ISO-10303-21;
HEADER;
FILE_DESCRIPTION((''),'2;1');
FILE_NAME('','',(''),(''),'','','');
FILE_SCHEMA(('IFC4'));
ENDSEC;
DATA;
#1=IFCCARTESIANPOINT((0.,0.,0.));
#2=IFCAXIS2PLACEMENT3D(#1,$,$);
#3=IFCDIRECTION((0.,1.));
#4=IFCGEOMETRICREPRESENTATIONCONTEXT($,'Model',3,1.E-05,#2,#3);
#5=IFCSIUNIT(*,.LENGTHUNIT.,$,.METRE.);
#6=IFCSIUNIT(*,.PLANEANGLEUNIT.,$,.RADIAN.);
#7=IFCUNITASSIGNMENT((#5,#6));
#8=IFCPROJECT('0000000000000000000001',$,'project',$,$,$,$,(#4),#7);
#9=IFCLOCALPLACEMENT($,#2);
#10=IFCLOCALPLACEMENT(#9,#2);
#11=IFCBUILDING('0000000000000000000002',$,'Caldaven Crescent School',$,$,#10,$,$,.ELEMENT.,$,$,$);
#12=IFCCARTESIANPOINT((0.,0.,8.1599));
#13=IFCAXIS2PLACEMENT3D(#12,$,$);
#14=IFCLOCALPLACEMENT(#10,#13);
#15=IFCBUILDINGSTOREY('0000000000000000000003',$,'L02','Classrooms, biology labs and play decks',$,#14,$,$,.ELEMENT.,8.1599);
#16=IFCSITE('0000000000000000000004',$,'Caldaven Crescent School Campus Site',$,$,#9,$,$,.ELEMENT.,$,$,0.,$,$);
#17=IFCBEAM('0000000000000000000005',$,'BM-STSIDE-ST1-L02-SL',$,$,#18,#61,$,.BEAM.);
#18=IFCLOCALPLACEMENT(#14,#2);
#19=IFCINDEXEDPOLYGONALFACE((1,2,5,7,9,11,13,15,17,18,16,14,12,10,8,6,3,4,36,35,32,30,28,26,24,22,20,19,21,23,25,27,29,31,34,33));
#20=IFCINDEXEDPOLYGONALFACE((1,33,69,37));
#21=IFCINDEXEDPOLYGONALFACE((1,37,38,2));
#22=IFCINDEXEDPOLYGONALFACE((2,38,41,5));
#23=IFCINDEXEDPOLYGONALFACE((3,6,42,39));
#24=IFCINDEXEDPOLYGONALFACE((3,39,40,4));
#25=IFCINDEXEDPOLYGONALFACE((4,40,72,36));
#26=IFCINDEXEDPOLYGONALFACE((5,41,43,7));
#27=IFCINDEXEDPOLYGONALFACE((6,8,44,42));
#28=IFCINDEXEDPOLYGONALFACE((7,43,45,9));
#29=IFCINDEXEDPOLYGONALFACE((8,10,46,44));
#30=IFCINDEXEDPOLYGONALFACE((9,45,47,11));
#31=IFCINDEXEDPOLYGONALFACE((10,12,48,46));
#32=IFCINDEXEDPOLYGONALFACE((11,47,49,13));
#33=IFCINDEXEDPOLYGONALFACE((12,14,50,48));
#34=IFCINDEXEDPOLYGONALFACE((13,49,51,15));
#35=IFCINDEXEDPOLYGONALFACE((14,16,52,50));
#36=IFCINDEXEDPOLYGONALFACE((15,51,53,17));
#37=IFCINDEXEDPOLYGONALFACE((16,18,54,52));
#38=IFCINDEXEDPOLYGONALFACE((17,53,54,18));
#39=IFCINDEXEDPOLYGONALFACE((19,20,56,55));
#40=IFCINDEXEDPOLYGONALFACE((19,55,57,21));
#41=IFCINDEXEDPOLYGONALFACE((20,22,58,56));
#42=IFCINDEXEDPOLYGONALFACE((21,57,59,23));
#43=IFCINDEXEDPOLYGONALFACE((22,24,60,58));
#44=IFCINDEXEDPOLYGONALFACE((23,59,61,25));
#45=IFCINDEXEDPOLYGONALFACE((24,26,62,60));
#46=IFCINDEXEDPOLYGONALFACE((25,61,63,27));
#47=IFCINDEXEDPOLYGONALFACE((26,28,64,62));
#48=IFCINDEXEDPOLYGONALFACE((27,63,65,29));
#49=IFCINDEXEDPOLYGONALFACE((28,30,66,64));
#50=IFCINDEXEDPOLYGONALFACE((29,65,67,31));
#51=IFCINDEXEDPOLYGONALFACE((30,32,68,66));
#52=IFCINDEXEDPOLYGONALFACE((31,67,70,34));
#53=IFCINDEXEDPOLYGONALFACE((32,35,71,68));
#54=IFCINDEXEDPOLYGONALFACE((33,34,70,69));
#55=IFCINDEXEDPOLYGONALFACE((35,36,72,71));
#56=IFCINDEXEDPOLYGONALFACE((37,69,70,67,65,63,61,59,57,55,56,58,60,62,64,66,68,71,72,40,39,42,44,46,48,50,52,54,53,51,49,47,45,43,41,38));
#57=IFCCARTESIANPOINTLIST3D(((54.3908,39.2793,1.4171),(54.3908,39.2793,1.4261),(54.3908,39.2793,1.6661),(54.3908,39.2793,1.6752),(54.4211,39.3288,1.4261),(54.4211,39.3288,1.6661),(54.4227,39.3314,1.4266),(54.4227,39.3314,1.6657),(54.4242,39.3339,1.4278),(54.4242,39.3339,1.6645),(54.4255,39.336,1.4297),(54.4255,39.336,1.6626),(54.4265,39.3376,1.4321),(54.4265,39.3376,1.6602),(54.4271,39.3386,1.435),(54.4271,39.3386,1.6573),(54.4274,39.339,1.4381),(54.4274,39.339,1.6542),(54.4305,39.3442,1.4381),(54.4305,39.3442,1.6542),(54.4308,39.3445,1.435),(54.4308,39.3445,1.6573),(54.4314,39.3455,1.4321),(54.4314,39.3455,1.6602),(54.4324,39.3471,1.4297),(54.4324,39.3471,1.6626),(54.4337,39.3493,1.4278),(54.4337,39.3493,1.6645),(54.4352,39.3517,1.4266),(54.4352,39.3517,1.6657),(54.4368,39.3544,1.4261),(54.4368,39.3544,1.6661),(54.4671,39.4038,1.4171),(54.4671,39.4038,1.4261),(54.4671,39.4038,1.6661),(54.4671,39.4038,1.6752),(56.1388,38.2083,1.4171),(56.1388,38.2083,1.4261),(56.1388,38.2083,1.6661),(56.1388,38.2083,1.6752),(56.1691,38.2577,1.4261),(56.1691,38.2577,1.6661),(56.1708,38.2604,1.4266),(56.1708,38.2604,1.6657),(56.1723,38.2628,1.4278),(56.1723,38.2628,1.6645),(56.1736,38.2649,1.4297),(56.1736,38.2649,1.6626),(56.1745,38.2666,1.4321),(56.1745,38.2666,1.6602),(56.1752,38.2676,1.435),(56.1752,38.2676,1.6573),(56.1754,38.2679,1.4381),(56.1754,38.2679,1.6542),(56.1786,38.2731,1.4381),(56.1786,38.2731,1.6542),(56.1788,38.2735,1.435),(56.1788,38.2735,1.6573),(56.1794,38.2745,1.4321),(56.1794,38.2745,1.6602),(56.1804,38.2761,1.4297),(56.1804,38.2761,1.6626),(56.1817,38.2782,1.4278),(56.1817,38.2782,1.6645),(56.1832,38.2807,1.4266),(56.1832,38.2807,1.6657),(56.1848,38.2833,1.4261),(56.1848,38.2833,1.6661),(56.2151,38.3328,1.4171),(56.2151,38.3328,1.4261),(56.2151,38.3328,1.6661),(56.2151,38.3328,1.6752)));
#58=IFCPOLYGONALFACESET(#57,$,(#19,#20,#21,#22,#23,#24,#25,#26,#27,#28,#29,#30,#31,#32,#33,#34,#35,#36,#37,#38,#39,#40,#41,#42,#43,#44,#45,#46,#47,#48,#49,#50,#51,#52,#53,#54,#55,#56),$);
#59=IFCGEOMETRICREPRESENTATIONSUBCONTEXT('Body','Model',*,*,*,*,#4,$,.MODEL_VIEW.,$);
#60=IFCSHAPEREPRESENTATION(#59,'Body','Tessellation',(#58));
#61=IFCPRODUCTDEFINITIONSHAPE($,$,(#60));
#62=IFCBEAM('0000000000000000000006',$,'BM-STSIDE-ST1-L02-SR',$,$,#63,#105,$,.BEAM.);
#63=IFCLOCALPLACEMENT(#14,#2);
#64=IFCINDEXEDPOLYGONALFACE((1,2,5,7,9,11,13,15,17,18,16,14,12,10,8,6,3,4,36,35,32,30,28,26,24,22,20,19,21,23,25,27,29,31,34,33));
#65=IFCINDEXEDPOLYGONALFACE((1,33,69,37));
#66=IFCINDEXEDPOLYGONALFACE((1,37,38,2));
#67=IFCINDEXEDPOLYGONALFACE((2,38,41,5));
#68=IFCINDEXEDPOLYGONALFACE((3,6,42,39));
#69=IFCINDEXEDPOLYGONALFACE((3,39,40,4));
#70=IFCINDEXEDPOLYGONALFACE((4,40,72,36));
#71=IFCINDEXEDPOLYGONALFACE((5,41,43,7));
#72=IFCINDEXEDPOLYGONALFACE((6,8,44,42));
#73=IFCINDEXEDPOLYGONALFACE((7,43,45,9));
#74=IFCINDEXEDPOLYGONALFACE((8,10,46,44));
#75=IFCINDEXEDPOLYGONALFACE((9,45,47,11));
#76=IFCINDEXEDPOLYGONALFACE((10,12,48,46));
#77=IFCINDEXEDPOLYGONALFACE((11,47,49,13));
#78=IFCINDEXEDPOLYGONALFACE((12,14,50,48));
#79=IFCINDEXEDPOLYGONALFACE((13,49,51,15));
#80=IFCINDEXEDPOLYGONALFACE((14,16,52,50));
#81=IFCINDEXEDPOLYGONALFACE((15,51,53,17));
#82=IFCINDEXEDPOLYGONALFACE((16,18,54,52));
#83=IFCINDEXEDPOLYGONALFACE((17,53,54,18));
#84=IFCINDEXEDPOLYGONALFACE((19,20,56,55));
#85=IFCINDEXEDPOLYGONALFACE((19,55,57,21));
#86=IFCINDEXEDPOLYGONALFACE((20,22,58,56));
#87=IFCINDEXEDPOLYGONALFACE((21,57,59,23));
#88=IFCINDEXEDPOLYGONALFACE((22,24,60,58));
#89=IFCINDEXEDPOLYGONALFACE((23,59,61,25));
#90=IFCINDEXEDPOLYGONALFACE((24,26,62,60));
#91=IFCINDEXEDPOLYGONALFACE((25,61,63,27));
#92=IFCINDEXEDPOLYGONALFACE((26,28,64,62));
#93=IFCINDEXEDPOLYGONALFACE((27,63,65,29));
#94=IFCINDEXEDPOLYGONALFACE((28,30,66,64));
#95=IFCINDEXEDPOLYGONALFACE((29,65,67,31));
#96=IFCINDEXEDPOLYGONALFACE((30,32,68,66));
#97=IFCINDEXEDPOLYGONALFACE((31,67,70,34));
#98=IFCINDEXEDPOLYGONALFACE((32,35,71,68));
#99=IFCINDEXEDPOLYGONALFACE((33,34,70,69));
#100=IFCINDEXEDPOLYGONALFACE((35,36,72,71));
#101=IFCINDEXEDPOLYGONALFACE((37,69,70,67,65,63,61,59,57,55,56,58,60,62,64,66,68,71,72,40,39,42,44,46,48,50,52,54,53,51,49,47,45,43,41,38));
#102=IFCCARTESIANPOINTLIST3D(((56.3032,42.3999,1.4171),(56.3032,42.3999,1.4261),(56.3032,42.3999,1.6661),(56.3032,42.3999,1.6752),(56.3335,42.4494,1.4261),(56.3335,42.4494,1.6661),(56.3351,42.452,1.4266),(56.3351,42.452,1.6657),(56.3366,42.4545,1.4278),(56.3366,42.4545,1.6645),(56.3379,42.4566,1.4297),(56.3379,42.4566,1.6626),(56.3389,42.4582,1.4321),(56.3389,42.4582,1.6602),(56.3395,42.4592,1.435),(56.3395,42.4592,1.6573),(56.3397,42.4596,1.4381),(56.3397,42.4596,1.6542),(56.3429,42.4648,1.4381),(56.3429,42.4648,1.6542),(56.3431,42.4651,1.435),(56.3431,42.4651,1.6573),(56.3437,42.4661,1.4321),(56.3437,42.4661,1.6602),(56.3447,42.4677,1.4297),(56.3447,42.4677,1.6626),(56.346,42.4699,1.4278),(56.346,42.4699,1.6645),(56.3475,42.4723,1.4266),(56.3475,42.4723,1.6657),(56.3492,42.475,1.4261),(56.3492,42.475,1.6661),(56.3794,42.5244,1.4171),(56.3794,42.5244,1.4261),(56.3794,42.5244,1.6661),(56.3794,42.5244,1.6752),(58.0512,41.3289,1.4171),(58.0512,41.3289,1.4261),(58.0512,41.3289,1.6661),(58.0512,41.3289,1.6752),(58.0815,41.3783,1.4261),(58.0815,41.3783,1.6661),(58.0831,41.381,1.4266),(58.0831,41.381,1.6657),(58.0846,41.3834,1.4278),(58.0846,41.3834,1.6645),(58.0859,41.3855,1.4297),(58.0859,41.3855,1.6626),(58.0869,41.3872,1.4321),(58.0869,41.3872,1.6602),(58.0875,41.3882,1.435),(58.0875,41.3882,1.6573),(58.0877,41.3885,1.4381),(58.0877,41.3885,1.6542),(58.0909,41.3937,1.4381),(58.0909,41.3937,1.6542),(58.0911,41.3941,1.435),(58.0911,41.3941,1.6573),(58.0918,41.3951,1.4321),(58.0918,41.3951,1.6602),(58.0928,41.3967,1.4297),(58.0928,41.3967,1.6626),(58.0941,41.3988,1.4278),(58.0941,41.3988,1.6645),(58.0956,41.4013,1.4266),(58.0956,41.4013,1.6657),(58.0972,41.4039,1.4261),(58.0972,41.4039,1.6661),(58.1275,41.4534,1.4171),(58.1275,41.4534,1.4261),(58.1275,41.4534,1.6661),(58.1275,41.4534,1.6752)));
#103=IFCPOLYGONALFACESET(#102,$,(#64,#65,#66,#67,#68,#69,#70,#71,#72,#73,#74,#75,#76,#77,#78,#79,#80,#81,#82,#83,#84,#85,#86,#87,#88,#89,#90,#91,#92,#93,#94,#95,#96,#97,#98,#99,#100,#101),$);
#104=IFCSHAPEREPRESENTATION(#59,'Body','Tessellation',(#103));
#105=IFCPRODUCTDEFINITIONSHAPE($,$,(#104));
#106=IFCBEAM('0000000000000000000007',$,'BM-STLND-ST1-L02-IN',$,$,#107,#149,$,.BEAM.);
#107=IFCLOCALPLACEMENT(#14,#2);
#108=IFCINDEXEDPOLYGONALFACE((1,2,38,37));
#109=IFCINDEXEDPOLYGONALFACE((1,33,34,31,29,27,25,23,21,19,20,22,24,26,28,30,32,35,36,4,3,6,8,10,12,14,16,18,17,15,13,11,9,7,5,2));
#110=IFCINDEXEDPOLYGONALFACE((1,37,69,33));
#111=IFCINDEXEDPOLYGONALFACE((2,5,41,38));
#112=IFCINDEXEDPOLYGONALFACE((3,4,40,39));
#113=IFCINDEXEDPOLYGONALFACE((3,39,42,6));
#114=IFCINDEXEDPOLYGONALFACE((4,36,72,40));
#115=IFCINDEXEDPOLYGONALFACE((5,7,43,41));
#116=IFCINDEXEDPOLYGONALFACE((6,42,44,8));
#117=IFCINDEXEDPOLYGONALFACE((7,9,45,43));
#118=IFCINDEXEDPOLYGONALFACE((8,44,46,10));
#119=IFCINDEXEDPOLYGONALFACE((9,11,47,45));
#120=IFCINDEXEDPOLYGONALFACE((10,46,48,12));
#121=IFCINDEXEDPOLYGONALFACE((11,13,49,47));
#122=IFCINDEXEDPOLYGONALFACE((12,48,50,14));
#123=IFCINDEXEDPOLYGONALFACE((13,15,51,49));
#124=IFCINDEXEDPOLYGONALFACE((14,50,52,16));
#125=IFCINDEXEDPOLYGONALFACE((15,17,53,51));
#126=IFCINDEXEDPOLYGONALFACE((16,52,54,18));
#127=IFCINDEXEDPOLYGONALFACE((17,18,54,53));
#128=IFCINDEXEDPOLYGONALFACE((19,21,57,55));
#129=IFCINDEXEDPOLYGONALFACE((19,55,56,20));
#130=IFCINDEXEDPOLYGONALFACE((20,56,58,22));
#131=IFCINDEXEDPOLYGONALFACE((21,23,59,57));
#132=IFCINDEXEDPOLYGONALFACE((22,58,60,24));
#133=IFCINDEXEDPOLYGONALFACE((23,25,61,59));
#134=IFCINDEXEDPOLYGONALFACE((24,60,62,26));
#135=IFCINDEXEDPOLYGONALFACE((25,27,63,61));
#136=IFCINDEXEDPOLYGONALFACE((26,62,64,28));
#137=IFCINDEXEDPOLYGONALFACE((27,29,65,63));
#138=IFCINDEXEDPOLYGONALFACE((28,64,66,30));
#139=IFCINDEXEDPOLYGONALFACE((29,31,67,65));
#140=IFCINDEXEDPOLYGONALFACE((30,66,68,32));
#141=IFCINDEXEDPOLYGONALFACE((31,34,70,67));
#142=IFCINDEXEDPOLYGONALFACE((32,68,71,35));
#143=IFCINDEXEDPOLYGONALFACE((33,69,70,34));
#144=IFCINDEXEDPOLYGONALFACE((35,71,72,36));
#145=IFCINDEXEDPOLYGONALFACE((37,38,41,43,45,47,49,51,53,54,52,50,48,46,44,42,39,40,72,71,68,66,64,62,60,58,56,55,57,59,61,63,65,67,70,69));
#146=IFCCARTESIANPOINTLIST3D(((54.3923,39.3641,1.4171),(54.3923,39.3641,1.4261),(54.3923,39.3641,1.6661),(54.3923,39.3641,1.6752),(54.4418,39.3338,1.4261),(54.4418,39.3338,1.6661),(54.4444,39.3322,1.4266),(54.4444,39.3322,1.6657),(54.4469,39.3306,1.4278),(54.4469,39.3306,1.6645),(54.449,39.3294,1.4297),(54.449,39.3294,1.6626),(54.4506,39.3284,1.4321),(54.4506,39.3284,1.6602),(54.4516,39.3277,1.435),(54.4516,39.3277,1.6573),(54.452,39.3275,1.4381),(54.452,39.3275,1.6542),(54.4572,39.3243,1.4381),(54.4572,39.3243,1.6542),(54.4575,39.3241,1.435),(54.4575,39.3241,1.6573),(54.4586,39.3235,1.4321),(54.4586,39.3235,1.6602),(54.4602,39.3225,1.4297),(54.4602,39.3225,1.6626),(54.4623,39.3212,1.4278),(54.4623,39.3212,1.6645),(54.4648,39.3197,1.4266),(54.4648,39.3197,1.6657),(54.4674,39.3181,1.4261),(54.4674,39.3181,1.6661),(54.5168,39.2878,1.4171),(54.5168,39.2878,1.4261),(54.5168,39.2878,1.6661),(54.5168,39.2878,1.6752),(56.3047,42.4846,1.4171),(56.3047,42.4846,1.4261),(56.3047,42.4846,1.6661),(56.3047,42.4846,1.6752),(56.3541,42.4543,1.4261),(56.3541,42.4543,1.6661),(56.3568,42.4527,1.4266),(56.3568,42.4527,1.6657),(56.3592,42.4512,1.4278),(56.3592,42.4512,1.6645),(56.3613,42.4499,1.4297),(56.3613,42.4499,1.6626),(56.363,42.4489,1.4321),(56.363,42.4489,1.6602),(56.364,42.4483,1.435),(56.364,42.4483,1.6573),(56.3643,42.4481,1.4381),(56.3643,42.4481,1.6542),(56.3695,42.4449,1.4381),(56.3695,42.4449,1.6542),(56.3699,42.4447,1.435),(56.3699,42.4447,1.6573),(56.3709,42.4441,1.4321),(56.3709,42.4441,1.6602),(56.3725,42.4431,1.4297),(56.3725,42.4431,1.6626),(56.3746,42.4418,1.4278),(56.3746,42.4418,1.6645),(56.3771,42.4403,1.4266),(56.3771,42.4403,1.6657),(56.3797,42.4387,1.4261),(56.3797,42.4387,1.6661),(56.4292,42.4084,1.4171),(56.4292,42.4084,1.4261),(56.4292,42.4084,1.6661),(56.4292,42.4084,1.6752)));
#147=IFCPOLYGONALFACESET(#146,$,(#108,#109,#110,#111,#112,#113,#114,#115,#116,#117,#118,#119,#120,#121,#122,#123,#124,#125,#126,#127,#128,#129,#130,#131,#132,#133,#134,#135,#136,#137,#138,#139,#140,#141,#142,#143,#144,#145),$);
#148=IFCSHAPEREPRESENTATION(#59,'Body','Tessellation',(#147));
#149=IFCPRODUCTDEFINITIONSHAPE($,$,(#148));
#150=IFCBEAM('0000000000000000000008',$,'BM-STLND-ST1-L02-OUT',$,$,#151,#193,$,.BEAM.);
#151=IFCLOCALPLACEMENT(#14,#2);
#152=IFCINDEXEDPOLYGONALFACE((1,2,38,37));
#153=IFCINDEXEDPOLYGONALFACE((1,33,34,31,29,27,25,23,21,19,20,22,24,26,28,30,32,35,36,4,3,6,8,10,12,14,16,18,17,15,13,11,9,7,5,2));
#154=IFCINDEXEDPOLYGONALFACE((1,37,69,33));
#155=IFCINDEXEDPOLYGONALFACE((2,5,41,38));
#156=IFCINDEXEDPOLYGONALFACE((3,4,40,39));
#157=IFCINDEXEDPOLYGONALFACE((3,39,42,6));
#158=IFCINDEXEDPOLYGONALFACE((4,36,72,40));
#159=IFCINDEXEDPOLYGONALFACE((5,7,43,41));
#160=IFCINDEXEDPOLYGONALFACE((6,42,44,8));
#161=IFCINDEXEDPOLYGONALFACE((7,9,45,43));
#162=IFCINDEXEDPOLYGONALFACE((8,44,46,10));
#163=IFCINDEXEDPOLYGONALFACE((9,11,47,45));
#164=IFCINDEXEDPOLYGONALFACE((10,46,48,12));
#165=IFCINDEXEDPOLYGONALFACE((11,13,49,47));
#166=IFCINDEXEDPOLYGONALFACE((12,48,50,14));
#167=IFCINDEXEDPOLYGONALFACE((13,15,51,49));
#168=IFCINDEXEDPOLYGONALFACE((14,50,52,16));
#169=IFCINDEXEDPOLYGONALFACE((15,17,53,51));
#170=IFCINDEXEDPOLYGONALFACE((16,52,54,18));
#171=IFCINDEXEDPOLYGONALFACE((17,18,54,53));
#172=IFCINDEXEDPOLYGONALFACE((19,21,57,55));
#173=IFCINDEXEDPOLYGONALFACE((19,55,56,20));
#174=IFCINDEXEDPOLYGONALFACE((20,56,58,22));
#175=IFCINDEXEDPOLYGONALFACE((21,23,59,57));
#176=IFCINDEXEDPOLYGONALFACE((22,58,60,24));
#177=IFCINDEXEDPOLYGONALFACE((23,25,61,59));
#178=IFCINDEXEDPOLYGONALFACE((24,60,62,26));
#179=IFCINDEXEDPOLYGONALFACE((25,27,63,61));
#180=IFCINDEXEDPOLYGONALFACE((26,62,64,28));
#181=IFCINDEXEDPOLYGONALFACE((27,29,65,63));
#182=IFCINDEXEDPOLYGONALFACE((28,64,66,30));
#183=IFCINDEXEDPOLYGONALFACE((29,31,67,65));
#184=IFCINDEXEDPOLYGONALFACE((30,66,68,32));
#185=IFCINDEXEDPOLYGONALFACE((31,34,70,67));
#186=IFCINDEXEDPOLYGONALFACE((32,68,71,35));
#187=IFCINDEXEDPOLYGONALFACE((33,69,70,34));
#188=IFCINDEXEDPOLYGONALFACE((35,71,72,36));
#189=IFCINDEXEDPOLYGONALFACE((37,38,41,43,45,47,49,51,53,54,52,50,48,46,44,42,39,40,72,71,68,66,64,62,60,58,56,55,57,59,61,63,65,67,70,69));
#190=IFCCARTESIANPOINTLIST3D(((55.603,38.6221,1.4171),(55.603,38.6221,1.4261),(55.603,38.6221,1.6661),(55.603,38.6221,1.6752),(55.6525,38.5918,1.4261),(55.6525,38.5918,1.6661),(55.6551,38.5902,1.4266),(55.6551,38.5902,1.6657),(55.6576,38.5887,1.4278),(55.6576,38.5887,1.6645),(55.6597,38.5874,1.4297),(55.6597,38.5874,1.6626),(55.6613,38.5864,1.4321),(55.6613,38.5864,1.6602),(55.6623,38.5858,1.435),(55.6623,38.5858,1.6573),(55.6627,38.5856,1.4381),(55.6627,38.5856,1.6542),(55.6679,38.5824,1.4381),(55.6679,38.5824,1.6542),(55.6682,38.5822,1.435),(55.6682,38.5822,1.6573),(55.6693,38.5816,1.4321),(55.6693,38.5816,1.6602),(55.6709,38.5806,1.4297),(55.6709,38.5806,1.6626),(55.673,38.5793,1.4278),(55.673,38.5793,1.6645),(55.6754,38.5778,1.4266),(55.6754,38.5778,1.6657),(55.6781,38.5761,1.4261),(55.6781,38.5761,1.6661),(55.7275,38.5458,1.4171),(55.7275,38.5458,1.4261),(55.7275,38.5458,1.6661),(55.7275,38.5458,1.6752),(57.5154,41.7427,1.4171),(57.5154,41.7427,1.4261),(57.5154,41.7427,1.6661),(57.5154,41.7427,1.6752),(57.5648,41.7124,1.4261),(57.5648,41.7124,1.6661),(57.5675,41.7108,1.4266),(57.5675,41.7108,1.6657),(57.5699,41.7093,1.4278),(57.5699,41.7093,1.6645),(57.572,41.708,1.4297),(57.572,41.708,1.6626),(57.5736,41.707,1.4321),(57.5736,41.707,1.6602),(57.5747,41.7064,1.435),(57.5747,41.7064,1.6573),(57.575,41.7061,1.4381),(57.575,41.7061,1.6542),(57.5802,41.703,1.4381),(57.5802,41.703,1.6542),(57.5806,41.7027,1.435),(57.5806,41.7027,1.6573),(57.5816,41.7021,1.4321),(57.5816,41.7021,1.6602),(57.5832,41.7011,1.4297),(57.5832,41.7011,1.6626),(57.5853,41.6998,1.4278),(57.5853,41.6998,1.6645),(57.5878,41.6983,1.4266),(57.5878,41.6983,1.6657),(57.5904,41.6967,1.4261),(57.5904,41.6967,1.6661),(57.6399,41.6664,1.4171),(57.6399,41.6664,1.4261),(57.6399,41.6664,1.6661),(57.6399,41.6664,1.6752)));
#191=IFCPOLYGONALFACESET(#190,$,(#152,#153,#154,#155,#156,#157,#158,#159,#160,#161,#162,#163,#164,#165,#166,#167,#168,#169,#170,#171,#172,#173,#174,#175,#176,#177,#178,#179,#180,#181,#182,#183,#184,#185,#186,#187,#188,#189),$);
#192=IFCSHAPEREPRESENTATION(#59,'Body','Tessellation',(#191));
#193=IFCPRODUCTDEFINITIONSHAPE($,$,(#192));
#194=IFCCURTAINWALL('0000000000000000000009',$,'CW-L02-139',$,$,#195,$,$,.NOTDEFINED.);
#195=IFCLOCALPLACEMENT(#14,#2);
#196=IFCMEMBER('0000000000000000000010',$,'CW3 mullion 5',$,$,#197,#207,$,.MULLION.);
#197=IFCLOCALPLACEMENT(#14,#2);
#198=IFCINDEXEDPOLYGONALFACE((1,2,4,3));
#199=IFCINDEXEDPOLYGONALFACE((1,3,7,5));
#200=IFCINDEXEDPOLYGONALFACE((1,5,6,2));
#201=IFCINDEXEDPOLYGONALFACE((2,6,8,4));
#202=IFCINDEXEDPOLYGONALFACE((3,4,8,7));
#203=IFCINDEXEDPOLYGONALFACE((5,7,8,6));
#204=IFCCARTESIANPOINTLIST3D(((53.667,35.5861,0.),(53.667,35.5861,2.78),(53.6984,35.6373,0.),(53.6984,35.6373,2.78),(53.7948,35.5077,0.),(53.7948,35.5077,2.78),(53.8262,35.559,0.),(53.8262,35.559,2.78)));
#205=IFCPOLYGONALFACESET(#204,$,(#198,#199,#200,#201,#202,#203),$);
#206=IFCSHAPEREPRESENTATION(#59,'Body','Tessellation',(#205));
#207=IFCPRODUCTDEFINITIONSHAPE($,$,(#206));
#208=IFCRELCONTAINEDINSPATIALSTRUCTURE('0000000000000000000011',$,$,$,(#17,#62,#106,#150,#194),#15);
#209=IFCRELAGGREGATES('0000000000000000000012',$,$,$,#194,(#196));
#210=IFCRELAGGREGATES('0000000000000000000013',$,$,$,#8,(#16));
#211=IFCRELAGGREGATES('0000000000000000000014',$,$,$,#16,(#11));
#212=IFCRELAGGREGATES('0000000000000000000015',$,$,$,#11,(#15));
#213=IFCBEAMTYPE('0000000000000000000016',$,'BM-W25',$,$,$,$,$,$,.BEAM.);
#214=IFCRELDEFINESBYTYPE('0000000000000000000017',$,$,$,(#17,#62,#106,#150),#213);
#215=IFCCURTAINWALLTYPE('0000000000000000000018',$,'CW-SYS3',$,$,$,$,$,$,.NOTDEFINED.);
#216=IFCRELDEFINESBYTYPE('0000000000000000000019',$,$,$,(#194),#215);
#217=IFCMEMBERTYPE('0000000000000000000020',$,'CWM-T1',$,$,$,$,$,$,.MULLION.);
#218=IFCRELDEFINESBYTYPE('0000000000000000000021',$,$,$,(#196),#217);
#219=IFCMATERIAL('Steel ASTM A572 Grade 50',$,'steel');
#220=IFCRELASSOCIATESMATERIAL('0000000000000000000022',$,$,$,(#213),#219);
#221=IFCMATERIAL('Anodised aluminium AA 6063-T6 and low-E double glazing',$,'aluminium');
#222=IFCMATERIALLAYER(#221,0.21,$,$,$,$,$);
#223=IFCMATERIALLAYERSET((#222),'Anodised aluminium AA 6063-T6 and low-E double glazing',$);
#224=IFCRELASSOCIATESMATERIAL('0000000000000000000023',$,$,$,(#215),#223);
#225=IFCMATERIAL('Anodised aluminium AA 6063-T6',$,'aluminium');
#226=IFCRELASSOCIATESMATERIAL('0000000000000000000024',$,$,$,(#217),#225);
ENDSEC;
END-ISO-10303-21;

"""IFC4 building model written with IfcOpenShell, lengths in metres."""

from ifc_helpers import new_model, si_unit, direction, frame, origin, origin_2d, place, context, subcontext, project, spatial, rectangle, i_section, extrude, material, layer, layer_set, material_profile, profile_set, type_object, element, aggregate, save


model = new_model("IFC4")

# Units and contexts
model_context = context("Model", 3, precision=1e-05, world=origin(), true_north=direction((0.0, 1.0)))
body_context = subcontext(model_context, "Body", "Model", "MODEL_VIEW")
ifc_project = project(units=[si_unit("LENGTHUNIT", "METRE"), si_unit("PLANEANGLEUNIT", "RADIAN")], contexts=[model_context])

# Site, building, storey
site_placement = place(None, origin())
site = spatial("IfcSite", under=ifc_project, at=site_placement, Name="Caldaven Crescent School Campus Site", CompositionType="ELEMENT", RefElevation=0.0)
building_placement = place(site_placement, origin())
building = spatial("IfcBuilding", under=site, at=building_placement, Name="Caldaven Crescent School", CompositionType="ELEMENT")
storey_placement = place(building_placement, frame((0.0, 0.0, 8.1599)))
storey = spatial("IfcBuildingStorey", under=building, at=storey_placement, Name="L02", Description="Classrooms, biology labs and play decks", CompositionType="ELEMENT", Elevation=8.1599)

# Shared definitions
ifc_material_1 = material(Name="Steel ASTM A572 Grade 50", Category="steel")

# Beams
ifc_material_profile_1 = material_profile(ifc_material_1, i_section(OverallWidth=0.146, OverallDepth=0.2581, WebThickness=0.0061, FlangeThickness=0.009, FilletRadius=0.012, at=origin_2d()), Name="W250x33")
ifc_profile_set_1 = profile_set([ifc_material_profile_1], Name="Steel ASTM A572 Grade 50")
beam_type_1 = type_object("IfcBeamType", Name="BM-W25", PredefinedType="BEAM", material=ifc_profile_set_1)
for number, where, z_axis, x_axis, name in (
    (1, (54.429, 39.3416, 1.5461), (0.852675, -0.522442, 0.0), (0.522442, 0.852675, 0.0), "BM-STSIDE-ST1-L02-SL"),
    (2, (56.3413, 42.4622, 1.5461), (0.852675, -0.522442, 0.0), (0.522442, 0.852675, 0.0), "BM-STSIDE-ST1-L02-SR"),
):
    element("IfcBeam", number, at=place(storey_placement, frame(where, z_axis=z_axis, x_axis=x_axis)), inside=storey, type_object=beam_type_1, Name=name, PredefinedType="BEAM", context=body_context, shape_type="SweptSolid", body=[
        extrude(i_section(OverallWidth=0.146, OverallDepth=0.2581, WebThickness=0.0061, FlangeThickness=0.009, FilletRadius=0.012, at=origin_2d()), origin(), (0.0, 0.0, 1.0), 2.05),
    ])
for number, where, z_axis, x_axis, name in (
    (3, (54.4546, 39.3259, 1.5461), (0.522507, 0.852635, 0.0), (-0.852635, 0.522507, 0.0), "BM-STLND-ST1-L02-IN"),
    (4, (55.6653, 38.584, 1.5461), (0.522507, 0.852635, 0.0), (-0.852635, 0.522507, 0.0), "BM-STLND-ST1-L02-OUT"),
):
    element("IfcBeam", number, at=place(storey_placement, frame(where, z_axis=z_axis, x_axis=x_axis)), inside=storey, type_object=beam_type_1, Name=name, PredefinedType="BEAM", context=body_context, shape_type="SweptSolid", body=[
        extrude(i_section(OverallWidth=0.146, OverallDepth=0.2581, WebThickness=0.0061, FlangeThickness=0.009, FilletRadius=0.012, at=origin_2d()), origin(), (0.0, 0.0, 1.0), 3.6599),
    ])

# Curtain wall, member
ifc_material_2 = material(Name="Anodised aluminium AA 6063-T6 and low-E double glazing", Category="aluminium")
ifc_layer_1 = layer(ifc_material_2, 0.21)
ifc_layer_set_1 = layer_set([ifc_layer_1], Name="Anodised aluminium AA 6063-T6 and low-E double glazing")
curtain_wall_type = type_object("IfcCurtainWallType", Name="CW-SYS3", PredefinedType="NOTDEFINED", material=ifc_layer_set_1)
curtain_wall_placement = place(storey_placement, origin())
curtain_wall = element("IfcCurtainWall", 5, at=curtain_wall_placement, inside=storey, type_object=curtain_wall_type, Name="CW-L02-139", PredefinedType="NOTDEFINED")
ifc_material_3 = material(Name="Anodised aluminium AA 6063-T6", Category="aluminium")
ifc_material_profile_2 = material_profile(ifc_material_3, rectangle(XDim=0.0601, YDim=0.1499, at=origin_2d()), Name="CWM 60x150")
ifc_profile_set_2 = profile_set([ifc_material_profile_2], Name="Anodised aluminium AA 6063-T6")
member_type_1 = type_object("IfcMemberType", Name="CWM-T1", PredefinedType="MULLION", material=ifc_profile_set_2)
member_1_placement = place(storey_placement, frame((53.7466, 35.5725, 0.0), z_axis=(0.0, 0.0, 1.0), x_axis=(0.522499, 0.85264, 0.0)))
member_1 = element("IfcMember", 6, at=member_1_placement, type_object=member_type_1, Name="CW3 mullion 5", PredefinedType="MULLION", context=body_context, shape_type="SweptSolid", body=[
    extrude(rectangle(XDim=0.0601, YDim=0.1499, at=origin_2d()), origin(), (0.0, 0.0, 1.0), 2.78),
])

aggregate(curtain_wall, [member_1])

save(model, "model.ifc")
